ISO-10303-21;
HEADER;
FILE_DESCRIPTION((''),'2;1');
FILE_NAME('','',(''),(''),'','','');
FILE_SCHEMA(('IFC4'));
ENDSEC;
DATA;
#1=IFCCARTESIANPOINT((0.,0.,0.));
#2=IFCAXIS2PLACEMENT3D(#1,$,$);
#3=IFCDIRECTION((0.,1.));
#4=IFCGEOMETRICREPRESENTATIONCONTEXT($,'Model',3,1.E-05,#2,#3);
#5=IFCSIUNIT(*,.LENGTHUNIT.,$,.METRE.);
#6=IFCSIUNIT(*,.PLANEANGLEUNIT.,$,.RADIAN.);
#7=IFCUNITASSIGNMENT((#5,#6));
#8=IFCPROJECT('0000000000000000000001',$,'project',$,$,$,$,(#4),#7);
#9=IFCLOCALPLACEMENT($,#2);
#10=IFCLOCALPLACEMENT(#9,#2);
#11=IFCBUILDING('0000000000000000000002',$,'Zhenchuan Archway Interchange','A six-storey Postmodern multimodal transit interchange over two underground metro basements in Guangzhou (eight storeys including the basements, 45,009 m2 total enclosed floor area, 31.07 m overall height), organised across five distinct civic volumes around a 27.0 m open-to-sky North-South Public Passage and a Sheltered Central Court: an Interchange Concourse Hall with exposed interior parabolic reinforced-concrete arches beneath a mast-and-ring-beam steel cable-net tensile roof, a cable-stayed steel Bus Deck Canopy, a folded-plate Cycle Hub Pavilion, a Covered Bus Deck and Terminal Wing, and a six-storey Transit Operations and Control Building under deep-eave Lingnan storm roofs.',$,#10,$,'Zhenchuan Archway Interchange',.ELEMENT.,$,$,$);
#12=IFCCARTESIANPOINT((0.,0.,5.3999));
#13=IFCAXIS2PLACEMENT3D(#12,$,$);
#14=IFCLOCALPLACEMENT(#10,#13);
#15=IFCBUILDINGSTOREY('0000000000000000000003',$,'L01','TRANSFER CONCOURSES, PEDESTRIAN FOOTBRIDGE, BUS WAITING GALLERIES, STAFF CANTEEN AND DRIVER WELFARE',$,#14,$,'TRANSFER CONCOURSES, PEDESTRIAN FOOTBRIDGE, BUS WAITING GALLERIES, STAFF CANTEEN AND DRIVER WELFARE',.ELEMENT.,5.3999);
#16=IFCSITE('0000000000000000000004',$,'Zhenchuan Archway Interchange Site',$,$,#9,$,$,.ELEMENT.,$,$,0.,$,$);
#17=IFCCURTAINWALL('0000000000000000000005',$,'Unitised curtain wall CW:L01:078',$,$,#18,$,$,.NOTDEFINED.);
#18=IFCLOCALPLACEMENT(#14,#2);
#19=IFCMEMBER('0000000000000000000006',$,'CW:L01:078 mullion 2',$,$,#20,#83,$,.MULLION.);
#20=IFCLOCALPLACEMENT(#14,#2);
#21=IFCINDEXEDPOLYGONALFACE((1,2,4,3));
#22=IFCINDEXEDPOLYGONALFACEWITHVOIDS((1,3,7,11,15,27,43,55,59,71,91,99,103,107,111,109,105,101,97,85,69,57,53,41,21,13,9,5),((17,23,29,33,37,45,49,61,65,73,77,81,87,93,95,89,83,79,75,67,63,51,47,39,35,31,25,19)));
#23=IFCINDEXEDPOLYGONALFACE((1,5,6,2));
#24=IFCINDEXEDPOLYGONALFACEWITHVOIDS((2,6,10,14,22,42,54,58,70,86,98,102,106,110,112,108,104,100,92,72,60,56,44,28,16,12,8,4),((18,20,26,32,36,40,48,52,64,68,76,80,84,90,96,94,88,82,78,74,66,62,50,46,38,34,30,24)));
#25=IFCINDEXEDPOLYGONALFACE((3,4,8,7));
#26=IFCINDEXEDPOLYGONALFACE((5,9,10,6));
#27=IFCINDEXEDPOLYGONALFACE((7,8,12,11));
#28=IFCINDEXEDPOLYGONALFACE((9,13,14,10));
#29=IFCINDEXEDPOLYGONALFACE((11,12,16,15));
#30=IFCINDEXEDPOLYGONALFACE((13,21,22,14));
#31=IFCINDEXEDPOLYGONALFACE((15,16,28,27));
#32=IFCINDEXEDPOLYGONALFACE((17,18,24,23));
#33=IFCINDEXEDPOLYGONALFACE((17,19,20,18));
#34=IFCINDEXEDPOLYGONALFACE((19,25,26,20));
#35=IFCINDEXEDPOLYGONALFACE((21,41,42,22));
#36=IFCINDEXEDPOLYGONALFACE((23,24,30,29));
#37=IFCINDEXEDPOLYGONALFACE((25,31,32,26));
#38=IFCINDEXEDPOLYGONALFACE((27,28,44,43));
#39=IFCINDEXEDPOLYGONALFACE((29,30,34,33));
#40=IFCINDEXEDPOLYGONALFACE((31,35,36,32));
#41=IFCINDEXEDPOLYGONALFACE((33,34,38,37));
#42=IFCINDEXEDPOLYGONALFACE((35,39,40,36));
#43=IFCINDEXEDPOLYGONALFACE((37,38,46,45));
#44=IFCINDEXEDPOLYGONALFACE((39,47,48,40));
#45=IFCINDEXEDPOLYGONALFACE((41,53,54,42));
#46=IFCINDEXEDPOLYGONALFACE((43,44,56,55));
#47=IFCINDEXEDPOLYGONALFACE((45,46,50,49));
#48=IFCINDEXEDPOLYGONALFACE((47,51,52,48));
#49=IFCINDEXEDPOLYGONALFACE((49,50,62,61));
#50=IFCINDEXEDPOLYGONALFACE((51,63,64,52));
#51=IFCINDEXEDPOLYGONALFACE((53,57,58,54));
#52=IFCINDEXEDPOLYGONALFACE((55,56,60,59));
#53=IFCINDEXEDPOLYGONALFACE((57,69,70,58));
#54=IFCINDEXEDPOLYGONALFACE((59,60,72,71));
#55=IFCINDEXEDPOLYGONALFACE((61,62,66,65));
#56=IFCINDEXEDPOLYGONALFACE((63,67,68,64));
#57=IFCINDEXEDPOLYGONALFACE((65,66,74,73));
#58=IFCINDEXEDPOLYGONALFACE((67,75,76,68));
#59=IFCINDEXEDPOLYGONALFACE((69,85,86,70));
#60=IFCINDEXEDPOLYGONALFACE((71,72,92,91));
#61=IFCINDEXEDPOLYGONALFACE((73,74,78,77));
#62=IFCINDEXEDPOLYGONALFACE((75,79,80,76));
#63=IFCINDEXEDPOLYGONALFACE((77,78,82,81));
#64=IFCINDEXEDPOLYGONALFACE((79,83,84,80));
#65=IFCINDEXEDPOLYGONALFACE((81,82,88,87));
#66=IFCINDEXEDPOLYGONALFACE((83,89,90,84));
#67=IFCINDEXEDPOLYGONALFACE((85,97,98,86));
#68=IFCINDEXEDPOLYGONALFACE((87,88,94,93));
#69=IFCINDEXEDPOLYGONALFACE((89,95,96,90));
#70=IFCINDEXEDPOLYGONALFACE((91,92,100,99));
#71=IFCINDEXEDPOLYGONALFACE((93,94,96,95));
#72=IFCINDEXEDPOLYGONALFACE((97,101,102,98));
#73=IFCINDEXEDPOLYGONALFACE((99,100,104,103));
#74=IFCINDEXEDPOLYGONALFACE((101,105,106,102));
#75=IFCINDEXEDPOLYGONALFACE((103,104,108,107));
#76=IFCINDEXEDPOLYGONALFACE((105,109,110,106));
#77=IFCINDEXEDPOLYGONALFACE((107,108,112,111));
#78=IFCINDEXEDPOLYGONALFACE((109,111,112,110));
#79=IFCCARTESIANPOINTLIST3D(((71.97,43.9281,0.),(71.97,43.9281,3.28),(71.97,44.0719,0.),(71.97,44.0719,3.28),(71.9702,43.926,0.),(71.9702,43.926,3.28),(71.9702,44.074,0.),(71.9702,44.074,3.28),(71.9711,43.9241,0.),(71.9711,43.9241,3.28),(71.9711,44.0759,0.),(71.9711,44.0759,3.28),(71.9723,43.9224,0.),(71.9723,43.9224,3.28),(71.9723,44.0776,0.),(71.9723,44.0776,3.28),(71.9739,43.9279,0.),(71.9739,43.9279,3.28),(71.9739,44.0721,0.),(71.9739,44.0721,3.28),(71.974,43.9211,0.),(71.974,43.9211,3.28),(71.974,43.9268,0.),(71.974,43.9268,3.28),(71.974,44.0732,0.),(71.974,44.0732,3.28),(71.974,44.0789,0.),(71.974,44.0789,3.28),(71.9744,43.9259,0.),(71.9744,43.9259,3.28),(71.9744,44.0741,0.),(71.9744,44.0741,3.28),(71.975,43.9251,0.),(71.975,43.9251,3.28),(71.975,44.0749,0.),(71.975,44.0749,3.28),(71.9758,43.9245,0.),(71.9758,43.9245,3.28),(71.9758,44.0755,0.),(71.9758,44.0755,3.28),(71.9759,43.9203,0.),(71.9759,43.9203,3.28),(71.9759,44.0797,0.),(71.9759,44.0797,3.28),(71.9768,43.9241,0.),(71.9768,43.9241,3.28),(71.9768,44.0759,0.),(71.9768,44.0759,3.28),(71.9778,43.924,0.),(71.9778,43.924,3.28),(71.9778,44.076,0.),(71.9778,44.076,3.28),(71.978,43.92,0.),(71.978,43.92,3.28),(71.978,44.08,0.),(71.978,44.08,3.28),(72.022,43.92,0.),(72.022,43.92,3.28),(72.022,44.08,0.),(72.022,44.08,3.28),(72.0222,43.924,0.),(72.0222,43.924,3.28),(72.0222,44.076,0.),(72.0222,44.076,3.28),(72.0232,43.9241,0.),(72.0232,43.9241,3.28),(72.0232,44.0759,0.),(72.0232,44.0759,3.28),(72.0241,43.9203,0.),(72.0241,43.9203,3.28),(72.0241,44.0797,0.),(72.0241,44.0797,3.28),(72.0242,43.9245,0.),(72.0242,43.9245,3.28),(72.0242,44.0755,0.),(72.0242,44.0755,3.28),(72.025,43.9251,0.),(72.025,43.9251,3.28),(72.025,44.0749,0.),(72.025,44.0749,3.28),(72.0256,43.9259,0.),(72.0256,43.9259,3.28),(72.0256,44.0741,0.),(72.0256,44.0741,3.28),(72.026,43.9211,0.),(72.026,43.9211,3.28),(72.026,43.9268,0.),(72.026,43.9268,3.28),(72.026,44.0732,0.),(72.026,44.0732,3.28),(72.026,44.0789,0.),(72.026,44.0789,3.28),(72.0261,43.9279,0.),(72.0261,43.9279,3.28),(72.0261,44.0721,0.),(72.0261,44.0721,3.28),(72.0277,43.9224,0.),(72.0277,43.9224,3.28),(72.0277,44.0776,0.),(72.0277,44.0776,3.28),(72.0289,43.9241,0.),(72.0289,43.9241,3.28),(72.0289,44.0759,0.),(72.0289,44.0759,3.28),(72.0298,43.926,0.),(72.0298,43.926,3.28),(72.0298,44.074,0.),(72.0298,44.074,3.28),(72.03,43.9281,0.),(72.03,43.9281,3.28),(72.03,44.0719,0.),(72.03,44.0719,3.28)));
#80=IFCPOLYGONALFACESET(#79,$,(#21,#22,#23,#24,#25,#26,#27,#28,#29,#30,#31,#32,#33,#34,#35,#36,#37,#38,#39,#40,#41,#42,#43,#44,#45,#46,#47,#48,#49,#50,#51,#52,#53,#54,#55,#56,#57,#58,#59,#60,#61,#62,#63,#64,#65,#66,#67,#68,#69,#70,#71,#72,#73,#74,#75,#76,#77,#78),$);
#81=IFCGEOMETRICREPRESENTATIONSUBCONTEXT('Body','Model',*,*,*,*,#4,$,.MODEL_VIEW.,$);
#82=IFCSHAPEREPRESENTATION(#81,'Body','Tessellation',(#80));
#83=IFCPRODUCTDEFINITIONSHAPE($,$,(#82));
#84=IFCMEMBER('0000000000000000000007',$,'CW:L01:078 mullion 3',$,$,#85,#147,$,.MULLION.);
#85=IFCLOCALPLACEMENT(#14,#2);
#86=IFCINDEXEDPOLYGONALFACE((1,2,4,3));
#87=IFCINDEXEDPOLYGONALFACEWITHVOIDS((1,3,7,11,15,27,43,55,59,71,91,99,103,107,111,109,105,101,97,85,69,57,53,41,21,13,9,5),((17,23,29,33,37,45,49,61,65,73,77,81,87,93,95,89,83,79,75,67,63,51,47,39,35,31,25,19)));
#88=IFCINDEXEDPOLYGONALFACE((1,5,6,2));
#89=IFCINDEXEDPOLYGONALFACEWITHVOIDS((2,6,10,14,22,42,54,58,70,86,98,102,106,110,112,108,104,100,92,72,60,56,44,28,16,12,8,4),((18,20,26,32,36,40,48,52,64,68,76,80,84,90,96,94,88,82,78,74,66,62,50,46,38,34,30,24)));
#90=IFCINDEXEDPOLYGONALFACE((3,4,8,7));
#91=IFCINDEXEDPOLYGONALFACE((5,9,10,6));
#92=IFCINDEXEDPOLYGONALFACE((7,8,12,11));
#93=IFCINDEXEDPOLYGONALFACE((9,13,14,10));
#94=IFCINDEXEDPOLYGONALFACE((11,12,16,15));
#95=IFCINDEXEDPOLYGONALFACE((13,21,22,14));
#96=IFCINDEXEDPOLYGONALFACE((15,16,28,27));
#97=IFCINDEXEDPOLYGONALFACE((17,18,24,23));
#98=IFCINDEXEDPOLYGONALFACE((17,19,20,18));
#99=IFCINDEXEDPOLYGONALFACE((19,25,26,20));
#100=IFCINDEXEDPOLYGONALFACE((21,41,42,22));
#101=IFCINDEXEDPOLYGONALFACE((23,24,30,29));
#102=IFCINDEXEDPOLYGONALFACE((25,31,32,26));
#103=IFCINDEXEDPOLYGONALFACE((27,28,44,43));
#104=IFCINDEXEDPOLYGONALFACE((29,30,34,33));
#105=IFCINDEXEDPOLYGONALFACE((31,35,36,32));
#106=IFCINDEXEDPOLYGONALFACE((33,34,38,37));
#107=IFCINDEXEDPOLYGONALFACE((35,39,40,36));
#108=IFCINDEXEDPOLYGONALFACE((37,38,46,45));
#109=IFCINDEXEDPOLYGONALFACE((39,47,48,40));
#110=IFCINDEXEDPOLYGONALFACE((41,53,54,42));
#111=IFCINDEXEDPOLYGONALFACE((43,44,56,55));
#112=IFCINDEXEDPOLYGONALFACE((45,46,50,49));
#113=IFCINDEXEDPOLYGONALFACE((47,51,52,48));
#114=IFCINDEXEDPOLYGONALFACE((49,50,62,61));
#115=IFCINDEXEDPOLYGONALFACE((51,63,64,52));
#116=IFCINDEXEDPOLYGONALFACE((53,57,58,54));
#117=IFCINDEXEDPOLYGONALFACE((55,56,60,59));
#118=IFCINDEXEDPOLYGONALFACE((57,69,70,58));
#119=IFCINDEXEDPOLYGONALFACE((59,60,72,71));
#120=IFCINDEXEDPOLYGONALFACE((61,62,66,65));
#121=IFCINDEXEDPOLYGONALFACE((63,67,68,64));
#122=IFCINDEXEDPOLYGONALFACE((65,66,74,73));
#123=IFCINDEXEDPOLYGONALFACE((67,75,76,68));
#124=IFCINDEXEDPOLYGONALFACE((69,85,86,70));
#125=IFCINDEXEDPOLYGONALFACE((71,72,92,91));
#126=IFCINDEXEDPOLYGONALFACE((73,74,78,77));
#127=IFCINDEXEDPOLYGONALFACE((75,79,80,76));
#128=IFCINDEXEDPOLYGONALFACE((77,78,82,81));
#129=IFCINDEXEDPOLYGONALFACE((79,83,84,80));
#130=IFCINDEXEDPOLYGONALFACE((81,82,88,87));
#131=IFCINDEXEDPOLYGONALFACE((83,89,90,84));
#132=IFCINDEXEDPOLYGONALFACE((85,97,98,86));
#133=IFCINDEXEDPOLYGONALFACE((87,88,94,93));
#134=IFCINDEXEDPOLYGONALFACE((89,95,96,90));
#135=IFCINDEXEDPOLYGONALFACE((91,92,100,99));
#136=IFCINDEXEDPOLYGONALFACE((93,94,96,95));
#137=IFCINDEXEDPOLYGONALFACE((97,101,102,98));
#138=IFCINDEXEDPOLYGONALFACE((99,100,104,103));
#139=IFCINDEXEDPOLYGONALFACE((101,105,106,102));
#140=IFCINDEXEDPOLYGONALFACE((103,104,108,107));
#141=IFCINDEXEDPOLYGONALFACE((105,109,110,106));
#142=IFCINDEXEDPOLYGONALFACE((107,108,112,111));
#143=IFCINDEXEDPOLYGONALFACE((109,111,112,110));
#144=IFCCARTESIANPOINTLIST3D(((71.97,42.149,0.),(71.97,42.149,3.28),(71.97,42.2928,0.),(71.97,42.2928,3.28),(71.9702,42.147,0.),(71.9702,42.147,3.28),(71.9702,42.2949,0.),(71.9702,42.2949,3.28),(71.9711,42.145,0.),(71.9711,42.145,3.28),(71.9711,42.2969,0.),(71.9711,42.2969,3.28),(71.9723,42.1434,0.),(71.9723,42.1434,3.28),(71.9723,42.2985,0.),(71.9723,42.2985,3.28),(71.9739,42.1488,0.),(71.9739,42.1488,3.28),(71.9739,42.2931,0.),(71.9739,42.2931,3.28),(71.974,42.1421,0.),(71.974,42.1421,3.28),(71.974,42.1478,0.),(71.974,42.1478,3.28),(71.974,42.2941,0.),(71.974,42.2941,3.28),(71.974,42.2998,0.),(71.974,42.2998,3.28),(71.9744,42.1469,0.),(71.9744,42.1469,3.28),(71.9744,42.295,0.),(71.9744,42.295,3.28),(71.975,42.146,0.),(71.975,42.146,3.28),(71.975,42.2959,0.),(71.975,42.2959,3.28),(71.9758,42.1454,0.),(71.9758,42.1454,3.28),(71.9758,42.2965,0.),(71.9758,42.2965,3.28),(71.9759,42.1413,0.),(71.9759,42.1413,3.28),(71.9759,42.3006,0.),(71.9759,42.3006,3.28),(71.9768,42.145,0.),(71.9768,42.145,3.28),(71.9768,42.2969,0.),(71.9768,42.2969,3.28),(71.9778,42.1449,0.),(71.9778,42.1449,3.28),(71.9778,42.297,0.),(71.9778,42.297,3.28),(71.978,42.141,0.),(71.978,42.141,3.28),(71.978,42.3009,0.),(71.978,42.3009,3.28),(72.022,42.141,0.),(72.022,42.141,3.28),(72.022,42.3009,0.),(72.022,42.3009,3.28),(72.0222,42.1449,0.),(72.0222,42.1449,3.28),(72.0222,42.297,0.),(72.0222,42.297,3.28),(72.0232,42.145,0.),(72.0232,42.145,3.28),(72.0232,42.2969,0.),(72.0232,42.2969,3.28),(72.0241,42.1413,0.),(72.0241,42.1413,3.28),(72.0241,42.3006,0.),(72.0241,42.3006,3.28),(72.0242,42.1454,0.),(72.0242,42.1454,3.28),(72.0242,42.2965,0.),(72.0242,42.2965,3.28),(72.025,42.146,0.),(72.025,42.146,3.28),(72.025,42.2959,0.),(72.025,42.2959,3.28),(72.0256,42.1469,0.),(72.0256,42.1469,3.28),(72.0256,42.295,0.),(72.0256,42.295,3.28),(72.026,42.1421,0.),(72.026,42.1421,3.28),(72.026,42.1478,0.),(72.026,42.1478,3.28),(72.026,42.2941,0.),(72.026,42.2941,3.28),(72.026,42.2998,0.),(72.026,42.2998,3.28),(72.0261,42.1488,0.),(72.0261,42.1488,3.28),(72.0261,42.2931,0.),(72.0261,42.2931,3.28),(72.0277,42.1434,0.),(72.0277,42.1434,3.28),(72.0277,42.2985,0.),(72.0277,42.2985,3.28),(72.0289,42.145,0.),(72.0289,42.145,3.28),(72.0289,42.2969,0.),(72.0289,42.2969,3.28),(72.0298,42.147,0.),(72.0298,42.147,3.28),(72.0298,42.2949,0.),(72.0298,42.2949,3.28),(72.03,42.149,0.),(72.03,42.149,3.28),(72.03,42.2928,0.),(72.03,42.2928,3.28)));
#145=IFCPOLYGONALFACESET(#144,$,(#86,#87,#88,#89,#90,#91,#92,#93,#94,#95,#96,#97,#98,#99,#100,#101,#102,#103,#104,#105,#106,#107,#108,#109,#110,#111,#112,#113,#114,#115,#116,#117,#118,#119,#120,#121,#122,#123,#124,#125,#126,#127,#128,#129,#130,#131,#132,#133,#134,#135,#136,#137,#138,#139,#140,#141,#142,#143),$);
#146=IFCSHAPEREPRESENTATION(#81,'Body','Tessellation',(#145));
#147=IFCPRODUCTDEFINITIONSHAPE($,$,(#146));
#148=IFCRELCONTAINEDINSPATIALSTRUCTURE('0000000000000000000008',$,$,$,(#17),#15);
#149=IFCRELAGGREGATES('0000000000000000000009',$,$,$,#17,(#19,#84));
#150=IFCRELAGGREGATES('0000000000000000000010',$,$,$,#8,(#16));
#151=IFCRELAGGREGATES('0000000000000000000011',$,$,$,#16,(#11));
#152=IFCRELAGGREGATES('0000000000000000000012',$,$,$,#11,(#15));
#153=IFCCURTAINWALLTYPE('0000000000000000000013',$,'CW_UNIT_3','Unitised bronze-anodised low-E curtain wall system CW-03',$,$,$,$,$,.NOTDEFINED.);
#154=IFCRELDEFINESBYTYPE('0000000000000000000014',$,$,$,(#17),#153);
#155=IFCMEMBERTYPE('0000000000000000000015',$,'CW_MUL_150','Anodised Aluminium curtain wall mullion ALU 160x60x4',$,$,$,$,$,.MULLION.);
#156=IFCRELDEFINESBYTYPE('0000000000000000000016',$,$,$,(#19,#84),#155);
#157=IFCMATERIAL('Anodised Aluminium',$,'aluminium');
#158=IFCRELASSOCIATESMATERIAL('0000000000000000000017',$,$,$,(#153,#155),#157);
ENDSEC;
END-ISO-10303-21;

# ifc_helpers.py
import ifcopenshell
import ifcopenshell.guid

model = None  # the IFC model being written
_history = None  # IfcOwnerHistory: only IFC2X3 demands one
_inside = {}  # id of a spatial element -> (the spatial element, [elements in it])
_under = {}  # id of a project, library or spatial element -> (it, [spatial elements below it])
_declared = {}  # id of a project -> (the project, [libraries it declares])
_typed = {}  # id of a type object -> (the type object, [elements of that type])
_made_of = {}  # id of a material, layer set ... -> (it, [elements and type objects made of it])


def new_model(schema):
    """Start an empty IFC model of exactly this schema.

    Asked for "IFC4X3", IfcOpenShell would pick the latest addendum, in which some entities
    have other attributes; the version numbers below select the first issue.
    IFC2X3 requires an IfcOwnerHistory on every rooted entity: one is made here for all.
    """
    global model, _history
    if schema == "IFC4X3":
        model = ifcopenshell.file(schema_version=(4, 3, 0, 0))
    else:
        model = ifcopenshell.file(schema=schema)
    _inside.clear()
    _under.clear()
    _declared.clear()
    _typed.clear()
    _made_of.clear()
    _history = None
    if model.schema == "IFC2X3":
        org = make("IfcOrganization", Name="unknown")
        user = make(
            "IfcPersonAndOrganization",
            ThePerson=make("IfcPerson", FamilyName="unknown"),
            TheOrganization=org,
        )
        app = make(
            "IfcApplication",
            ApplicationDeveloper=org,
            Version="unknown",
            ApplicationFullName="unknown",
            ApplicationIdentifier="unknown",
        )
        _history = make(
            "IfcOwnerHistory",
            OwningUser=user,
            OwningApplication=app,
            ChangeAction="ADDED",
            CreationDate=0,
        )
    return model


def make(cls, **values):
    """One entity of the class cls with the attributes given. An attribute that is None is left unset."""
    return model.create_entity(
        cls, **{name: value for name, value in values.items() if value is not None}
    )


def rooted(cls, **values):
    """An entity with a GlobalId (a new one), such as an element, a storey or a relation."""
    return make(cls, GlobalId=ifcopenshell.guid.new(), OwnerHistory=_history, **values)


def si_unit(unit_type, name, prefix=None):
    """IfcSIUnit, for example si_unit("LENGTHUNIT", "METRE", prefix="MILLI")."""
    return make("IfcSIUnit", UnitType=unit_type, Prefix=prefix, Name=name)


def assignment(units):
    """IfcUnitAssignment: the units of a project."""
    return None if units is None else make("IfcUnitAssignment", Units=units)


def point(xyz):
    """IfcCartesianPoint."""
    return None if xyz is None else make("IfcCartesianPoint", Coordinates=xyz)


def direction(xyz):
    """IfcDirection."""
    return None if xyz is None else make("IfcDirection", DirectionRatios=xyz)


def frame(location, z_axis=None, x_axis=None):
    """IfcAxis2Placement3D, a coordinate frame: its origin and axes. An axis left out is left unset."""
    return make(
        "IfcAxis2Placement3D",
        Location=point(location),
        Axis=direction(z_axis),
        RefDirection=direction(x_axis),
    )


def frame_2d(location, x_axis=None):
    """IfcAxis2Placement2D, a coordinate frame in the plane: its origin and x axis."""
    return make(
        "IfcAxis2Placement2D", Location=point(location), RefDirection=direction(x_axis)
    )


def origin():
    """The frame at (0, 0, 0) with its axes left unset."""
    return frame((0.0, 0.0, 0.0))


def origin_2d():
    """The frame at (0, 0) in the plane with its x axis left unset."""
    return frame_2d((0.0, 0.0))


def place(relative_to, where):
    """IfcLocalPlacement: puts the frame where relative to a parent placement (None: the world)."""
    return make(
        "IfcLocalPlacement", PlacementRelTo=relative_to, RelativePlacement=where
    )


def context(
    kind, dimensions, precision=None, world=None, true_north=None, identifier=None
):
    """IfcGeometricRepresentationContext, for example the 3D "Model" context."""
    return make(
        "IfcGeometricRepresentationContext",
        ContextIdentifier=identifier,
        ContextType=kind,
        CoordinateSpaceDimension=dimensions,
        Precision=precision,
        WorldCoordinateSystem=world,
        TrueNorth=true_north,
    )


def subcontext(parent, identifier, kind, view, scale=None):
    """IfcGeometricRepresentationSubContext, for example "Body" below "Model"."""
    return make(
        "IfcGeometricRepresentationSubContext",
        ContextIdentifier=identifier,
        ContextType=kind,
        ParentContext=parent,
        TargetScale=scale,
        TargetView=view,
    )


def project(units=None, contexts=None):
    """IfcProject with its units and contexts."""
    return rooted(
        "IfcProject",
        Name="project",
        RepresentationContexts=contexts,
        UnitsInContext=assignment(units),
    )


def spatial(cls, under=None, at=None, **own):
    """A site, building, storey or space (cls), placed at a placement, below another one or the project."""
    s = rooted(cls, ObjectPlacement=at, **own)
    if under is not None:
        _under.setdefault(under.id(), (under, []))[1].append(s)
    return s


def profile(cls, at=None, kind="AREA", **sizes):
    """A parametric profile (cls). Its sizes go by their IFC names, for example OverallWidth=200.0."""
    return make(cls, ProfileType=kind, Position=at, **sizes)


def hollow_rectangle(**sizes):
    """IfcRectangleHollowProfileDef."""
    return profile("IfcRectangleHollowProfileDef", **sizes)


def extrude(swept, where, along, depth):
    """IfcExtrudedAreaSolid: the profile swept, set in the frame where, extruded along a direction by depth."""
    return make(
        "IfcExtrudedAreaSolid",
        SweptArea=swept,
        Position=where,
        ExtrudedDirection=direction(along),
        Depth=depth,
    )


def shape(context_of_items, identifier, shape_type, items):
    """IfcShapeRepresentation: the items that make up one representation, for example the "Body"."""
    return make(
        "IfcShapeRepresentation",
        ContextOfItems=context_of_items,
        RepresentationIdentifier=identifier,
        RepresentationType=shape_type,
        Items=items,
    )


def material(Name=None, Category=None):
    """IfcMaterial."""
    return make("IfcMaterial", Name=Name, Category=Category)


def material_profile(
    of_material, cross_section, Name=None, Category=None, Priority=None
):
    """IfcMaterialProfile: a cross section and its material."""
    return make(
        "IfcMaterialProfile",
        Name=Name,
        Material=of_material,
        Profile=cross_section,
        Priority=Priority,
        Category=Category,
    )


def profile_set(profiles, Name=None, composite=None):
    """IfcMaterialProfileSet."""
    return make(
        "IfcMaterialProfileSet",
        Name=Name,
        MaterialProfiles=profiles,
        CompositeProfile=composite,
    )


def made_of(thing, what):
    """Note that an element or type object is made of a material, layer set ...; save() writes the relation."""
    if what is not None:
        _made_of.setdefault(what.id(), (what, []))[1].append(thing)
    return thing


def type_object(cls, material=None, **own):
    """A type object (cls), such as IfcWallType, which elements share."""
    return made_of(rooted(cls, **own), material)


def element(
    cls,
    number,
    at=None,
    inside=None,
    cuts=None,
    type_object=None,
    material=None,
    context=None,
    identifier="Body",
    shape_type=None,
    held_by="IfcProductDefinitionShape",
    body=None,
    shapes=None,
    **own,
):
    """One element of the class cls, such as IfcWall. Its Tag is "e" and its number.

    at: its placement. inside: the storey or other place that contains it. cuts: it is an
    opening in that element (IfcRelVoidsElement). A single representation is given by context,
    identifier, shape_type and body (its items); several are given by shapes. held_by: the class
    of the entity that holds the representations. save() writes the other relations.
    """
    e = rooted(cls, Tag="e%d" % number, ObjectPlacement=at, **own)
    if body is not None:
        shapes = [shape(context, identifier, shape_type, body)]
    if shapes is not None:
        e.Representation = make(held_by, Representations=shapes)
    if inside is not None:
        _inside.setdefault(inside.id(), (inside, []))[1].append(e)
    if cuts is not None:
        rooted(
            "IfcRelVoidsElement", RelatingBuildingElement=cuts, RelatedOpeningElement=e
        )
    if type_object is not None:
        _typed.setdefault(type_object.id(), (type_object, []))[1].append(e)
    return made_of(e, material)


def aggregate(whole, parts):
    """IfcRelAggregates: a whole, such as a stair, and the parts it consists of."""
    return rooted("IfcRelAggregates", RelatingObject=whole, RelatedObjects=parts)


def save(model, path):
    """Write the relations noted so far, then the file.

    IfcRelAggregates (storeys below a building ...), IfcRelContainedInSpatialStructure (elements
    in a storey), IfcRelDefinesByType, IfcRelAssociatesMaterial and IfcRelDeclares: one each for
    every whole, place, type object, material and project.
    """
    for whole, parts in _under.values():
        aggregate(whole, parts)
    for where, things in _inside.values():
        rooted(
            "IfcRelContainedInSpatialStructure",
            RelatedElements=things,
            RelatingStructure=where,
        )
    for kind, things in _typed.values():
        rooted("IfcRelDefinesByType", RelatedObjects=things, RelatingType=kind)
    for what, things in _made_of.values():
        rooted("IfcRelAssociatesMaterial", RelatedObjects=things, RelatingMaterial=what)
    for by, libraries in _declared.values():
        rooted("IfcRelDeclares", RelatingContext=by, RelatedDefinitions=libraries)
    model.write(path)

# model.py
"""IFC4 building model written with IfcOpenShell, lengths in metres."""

from ifc_helpers import new_model, si_unit, direction, frame, origin, origin_2d, place, context, subcontext, project, spatial, hollow_rectangle, extrude, material, material_profile, profile_set, type_object, element, aggregate, save


model = new_model("IFC4")

# Units and contexts
model_context = context("Model", 3, precision=1e-05, world=origin(), true_north=direction((0.0, 1.0)))
body_context = subcontext(model_context, "Body", "Model", "MODEL_VIEW")
ifc_project = project(units=[si_unit("LENGTHUNIT", "METRE"), si_unit("PLANEANGLEUNIT", "RADIAN")], contexts=[model_context])

# Site, building, storey
site_placement = place(None, origin())
site = spatial("IfcSite", under=ifc_project, at=site_placement, Name="Zhenchuan Archway Interchange Site", CompositionType="ELEMENT", RefElevation=0.0)
building_placement = place(site_placement, origin())
building = spatial("IfcBuilding", under=site, at=building_placement, Name="Zhenchuan Archway Interchange", Description="A six-storey Postmodern multimodal transit interchange over two underground metro basements in Guangzhou (eight storeys including the basements, 45,009 m2 total enclosed floor area, 31.07 m overall height), organised across five distinct civic volumes around a 27.0 m open-to-sky North-South Public Passage and a Sheltered Central Court: an Interchange Concourse Hall with exposed interior parabolic reinforced-concrete arches beneath a mast-and-ring-beam steel cable-net tensile roof, a cable-stayed steel Bus Deck Canopy, a folded-plate Cycle Hub Pavilion, a Covered Bus Deck and Terminal Wing, and a six-storey Transit Operations and Control Building under deep-eave Lingnan storm roofs.", LongName="Zhenchuan Archway Interchange", CompositionType="ELEMENT")
storey_placement = place(building_placement, frame((0.0, 0.0, 5.3999)))
storey = spatial("IfcBuildingStorey", under=building, at=storey_placement, Name="L01", Description="TRANSFER CONCOURSES, PEDESTRIAN FOOTBRIDGE, BUS WAITING GALLERIES, STAFF CANTEEN AND DRIVER WELFARE", LongName="TRANSFER CONCOURSES, PEDESTRIAN FOOTBRIDGE, BUS WAITING GALLERIES, STAFF CANTEEN AND DRIVER WELFARE", CompositionType="ELEMENT", Elevation=5.3999)

# Curtain wall, members
ifc_material_1 = material(Name="Anodised Aluminium", Category="aluminium")
curtain_wall_type = type_object("IfcCurtainWallType", Name="CW_UNIT_3", Description="Unitised bronze-anodised low-E curtain wall system CW-03", PredefinedType="NOTDEFINED", material=ifc_material_1)
curtain_wall_placement = place(storey_placement, origin())
curtain_wall = element("IfcCurtainWall", 1, at=curtain_wall_placement, inside=storey, type_object=curtain_wall_type, Name="Unitised curtain wall CW:L01:078", PredefinedType="NOTDEFINED")
ifc_material_profile_1 = material_profile(ifc_material_1, hollow_rectangle(XDim=0.0601, YDim=0.1599, WallThickness=0.0039, InnerFilletRadius=0.0039, OuterFilletRadius=0.0081, at=origin_2d()), Name="ALU 160x60x4")
ifc_profile_set_1 = profile_set([ifc_material_profile_1], Name="Anodised Aluminium")
member_type_1 = type_object("IfcMemberType", Name="CW_MUL_150", Description="Anodised Aluminium curtain wall mullion ALU 160x60x4", PredefinedType="MULLION", material=ifc_profile_set_1)
member_1_placement = place(storey_placement, frame((72.0, 44.0, 0.0), z_axis=(0.0, 0.0, 1.0), x_axis=(1.0, 0.0, 0.0)))
member_1 = element("IfcMember", 2, at=member_1_placement, type_object=member_type_1, Name="CW:L01:078 mullion 2", PredefinedType="MULLION", context=body_context, shape_type="SweptSolid", body=[
    extrude(hollow_rectangle(XDim=0.0601, YDim=0.1599, WallThickness=0.0039, InnerFilletRadius=0.0039, OuterFilletRadius=0.0081, at=origin_2d()), origin(), (0.0, 0.0, 1.0), 3.28),
])
member_2_placement = place(storey_placement, frame((72.0, 42.2209, 0.0), z_axis=(0.0, 0.0, 1.0), x_axis=(1.0, 0.0, 0.0)))
member_2 = element("IfcMember", 3, at=member_2_placement, type_object=member_type_1, Name="CW:L01:078 mullion 3", PredefinedType="MULLION", context=body_context, shape_type="SweptSolid", body=[
    extrude(hollow_rectangle(XDim=0.0601, YDim=0.1599, WallThickness=0.0039, InnerFilletRadius=0.0039, OuterFilletRadius=0.0081, at=origin_2d()), origin(), (0.0, 0.0, 1.0), 3.28),
])

aggregate(curtain_wall, [member_1, member_2])

save(model, "model.ifc")
